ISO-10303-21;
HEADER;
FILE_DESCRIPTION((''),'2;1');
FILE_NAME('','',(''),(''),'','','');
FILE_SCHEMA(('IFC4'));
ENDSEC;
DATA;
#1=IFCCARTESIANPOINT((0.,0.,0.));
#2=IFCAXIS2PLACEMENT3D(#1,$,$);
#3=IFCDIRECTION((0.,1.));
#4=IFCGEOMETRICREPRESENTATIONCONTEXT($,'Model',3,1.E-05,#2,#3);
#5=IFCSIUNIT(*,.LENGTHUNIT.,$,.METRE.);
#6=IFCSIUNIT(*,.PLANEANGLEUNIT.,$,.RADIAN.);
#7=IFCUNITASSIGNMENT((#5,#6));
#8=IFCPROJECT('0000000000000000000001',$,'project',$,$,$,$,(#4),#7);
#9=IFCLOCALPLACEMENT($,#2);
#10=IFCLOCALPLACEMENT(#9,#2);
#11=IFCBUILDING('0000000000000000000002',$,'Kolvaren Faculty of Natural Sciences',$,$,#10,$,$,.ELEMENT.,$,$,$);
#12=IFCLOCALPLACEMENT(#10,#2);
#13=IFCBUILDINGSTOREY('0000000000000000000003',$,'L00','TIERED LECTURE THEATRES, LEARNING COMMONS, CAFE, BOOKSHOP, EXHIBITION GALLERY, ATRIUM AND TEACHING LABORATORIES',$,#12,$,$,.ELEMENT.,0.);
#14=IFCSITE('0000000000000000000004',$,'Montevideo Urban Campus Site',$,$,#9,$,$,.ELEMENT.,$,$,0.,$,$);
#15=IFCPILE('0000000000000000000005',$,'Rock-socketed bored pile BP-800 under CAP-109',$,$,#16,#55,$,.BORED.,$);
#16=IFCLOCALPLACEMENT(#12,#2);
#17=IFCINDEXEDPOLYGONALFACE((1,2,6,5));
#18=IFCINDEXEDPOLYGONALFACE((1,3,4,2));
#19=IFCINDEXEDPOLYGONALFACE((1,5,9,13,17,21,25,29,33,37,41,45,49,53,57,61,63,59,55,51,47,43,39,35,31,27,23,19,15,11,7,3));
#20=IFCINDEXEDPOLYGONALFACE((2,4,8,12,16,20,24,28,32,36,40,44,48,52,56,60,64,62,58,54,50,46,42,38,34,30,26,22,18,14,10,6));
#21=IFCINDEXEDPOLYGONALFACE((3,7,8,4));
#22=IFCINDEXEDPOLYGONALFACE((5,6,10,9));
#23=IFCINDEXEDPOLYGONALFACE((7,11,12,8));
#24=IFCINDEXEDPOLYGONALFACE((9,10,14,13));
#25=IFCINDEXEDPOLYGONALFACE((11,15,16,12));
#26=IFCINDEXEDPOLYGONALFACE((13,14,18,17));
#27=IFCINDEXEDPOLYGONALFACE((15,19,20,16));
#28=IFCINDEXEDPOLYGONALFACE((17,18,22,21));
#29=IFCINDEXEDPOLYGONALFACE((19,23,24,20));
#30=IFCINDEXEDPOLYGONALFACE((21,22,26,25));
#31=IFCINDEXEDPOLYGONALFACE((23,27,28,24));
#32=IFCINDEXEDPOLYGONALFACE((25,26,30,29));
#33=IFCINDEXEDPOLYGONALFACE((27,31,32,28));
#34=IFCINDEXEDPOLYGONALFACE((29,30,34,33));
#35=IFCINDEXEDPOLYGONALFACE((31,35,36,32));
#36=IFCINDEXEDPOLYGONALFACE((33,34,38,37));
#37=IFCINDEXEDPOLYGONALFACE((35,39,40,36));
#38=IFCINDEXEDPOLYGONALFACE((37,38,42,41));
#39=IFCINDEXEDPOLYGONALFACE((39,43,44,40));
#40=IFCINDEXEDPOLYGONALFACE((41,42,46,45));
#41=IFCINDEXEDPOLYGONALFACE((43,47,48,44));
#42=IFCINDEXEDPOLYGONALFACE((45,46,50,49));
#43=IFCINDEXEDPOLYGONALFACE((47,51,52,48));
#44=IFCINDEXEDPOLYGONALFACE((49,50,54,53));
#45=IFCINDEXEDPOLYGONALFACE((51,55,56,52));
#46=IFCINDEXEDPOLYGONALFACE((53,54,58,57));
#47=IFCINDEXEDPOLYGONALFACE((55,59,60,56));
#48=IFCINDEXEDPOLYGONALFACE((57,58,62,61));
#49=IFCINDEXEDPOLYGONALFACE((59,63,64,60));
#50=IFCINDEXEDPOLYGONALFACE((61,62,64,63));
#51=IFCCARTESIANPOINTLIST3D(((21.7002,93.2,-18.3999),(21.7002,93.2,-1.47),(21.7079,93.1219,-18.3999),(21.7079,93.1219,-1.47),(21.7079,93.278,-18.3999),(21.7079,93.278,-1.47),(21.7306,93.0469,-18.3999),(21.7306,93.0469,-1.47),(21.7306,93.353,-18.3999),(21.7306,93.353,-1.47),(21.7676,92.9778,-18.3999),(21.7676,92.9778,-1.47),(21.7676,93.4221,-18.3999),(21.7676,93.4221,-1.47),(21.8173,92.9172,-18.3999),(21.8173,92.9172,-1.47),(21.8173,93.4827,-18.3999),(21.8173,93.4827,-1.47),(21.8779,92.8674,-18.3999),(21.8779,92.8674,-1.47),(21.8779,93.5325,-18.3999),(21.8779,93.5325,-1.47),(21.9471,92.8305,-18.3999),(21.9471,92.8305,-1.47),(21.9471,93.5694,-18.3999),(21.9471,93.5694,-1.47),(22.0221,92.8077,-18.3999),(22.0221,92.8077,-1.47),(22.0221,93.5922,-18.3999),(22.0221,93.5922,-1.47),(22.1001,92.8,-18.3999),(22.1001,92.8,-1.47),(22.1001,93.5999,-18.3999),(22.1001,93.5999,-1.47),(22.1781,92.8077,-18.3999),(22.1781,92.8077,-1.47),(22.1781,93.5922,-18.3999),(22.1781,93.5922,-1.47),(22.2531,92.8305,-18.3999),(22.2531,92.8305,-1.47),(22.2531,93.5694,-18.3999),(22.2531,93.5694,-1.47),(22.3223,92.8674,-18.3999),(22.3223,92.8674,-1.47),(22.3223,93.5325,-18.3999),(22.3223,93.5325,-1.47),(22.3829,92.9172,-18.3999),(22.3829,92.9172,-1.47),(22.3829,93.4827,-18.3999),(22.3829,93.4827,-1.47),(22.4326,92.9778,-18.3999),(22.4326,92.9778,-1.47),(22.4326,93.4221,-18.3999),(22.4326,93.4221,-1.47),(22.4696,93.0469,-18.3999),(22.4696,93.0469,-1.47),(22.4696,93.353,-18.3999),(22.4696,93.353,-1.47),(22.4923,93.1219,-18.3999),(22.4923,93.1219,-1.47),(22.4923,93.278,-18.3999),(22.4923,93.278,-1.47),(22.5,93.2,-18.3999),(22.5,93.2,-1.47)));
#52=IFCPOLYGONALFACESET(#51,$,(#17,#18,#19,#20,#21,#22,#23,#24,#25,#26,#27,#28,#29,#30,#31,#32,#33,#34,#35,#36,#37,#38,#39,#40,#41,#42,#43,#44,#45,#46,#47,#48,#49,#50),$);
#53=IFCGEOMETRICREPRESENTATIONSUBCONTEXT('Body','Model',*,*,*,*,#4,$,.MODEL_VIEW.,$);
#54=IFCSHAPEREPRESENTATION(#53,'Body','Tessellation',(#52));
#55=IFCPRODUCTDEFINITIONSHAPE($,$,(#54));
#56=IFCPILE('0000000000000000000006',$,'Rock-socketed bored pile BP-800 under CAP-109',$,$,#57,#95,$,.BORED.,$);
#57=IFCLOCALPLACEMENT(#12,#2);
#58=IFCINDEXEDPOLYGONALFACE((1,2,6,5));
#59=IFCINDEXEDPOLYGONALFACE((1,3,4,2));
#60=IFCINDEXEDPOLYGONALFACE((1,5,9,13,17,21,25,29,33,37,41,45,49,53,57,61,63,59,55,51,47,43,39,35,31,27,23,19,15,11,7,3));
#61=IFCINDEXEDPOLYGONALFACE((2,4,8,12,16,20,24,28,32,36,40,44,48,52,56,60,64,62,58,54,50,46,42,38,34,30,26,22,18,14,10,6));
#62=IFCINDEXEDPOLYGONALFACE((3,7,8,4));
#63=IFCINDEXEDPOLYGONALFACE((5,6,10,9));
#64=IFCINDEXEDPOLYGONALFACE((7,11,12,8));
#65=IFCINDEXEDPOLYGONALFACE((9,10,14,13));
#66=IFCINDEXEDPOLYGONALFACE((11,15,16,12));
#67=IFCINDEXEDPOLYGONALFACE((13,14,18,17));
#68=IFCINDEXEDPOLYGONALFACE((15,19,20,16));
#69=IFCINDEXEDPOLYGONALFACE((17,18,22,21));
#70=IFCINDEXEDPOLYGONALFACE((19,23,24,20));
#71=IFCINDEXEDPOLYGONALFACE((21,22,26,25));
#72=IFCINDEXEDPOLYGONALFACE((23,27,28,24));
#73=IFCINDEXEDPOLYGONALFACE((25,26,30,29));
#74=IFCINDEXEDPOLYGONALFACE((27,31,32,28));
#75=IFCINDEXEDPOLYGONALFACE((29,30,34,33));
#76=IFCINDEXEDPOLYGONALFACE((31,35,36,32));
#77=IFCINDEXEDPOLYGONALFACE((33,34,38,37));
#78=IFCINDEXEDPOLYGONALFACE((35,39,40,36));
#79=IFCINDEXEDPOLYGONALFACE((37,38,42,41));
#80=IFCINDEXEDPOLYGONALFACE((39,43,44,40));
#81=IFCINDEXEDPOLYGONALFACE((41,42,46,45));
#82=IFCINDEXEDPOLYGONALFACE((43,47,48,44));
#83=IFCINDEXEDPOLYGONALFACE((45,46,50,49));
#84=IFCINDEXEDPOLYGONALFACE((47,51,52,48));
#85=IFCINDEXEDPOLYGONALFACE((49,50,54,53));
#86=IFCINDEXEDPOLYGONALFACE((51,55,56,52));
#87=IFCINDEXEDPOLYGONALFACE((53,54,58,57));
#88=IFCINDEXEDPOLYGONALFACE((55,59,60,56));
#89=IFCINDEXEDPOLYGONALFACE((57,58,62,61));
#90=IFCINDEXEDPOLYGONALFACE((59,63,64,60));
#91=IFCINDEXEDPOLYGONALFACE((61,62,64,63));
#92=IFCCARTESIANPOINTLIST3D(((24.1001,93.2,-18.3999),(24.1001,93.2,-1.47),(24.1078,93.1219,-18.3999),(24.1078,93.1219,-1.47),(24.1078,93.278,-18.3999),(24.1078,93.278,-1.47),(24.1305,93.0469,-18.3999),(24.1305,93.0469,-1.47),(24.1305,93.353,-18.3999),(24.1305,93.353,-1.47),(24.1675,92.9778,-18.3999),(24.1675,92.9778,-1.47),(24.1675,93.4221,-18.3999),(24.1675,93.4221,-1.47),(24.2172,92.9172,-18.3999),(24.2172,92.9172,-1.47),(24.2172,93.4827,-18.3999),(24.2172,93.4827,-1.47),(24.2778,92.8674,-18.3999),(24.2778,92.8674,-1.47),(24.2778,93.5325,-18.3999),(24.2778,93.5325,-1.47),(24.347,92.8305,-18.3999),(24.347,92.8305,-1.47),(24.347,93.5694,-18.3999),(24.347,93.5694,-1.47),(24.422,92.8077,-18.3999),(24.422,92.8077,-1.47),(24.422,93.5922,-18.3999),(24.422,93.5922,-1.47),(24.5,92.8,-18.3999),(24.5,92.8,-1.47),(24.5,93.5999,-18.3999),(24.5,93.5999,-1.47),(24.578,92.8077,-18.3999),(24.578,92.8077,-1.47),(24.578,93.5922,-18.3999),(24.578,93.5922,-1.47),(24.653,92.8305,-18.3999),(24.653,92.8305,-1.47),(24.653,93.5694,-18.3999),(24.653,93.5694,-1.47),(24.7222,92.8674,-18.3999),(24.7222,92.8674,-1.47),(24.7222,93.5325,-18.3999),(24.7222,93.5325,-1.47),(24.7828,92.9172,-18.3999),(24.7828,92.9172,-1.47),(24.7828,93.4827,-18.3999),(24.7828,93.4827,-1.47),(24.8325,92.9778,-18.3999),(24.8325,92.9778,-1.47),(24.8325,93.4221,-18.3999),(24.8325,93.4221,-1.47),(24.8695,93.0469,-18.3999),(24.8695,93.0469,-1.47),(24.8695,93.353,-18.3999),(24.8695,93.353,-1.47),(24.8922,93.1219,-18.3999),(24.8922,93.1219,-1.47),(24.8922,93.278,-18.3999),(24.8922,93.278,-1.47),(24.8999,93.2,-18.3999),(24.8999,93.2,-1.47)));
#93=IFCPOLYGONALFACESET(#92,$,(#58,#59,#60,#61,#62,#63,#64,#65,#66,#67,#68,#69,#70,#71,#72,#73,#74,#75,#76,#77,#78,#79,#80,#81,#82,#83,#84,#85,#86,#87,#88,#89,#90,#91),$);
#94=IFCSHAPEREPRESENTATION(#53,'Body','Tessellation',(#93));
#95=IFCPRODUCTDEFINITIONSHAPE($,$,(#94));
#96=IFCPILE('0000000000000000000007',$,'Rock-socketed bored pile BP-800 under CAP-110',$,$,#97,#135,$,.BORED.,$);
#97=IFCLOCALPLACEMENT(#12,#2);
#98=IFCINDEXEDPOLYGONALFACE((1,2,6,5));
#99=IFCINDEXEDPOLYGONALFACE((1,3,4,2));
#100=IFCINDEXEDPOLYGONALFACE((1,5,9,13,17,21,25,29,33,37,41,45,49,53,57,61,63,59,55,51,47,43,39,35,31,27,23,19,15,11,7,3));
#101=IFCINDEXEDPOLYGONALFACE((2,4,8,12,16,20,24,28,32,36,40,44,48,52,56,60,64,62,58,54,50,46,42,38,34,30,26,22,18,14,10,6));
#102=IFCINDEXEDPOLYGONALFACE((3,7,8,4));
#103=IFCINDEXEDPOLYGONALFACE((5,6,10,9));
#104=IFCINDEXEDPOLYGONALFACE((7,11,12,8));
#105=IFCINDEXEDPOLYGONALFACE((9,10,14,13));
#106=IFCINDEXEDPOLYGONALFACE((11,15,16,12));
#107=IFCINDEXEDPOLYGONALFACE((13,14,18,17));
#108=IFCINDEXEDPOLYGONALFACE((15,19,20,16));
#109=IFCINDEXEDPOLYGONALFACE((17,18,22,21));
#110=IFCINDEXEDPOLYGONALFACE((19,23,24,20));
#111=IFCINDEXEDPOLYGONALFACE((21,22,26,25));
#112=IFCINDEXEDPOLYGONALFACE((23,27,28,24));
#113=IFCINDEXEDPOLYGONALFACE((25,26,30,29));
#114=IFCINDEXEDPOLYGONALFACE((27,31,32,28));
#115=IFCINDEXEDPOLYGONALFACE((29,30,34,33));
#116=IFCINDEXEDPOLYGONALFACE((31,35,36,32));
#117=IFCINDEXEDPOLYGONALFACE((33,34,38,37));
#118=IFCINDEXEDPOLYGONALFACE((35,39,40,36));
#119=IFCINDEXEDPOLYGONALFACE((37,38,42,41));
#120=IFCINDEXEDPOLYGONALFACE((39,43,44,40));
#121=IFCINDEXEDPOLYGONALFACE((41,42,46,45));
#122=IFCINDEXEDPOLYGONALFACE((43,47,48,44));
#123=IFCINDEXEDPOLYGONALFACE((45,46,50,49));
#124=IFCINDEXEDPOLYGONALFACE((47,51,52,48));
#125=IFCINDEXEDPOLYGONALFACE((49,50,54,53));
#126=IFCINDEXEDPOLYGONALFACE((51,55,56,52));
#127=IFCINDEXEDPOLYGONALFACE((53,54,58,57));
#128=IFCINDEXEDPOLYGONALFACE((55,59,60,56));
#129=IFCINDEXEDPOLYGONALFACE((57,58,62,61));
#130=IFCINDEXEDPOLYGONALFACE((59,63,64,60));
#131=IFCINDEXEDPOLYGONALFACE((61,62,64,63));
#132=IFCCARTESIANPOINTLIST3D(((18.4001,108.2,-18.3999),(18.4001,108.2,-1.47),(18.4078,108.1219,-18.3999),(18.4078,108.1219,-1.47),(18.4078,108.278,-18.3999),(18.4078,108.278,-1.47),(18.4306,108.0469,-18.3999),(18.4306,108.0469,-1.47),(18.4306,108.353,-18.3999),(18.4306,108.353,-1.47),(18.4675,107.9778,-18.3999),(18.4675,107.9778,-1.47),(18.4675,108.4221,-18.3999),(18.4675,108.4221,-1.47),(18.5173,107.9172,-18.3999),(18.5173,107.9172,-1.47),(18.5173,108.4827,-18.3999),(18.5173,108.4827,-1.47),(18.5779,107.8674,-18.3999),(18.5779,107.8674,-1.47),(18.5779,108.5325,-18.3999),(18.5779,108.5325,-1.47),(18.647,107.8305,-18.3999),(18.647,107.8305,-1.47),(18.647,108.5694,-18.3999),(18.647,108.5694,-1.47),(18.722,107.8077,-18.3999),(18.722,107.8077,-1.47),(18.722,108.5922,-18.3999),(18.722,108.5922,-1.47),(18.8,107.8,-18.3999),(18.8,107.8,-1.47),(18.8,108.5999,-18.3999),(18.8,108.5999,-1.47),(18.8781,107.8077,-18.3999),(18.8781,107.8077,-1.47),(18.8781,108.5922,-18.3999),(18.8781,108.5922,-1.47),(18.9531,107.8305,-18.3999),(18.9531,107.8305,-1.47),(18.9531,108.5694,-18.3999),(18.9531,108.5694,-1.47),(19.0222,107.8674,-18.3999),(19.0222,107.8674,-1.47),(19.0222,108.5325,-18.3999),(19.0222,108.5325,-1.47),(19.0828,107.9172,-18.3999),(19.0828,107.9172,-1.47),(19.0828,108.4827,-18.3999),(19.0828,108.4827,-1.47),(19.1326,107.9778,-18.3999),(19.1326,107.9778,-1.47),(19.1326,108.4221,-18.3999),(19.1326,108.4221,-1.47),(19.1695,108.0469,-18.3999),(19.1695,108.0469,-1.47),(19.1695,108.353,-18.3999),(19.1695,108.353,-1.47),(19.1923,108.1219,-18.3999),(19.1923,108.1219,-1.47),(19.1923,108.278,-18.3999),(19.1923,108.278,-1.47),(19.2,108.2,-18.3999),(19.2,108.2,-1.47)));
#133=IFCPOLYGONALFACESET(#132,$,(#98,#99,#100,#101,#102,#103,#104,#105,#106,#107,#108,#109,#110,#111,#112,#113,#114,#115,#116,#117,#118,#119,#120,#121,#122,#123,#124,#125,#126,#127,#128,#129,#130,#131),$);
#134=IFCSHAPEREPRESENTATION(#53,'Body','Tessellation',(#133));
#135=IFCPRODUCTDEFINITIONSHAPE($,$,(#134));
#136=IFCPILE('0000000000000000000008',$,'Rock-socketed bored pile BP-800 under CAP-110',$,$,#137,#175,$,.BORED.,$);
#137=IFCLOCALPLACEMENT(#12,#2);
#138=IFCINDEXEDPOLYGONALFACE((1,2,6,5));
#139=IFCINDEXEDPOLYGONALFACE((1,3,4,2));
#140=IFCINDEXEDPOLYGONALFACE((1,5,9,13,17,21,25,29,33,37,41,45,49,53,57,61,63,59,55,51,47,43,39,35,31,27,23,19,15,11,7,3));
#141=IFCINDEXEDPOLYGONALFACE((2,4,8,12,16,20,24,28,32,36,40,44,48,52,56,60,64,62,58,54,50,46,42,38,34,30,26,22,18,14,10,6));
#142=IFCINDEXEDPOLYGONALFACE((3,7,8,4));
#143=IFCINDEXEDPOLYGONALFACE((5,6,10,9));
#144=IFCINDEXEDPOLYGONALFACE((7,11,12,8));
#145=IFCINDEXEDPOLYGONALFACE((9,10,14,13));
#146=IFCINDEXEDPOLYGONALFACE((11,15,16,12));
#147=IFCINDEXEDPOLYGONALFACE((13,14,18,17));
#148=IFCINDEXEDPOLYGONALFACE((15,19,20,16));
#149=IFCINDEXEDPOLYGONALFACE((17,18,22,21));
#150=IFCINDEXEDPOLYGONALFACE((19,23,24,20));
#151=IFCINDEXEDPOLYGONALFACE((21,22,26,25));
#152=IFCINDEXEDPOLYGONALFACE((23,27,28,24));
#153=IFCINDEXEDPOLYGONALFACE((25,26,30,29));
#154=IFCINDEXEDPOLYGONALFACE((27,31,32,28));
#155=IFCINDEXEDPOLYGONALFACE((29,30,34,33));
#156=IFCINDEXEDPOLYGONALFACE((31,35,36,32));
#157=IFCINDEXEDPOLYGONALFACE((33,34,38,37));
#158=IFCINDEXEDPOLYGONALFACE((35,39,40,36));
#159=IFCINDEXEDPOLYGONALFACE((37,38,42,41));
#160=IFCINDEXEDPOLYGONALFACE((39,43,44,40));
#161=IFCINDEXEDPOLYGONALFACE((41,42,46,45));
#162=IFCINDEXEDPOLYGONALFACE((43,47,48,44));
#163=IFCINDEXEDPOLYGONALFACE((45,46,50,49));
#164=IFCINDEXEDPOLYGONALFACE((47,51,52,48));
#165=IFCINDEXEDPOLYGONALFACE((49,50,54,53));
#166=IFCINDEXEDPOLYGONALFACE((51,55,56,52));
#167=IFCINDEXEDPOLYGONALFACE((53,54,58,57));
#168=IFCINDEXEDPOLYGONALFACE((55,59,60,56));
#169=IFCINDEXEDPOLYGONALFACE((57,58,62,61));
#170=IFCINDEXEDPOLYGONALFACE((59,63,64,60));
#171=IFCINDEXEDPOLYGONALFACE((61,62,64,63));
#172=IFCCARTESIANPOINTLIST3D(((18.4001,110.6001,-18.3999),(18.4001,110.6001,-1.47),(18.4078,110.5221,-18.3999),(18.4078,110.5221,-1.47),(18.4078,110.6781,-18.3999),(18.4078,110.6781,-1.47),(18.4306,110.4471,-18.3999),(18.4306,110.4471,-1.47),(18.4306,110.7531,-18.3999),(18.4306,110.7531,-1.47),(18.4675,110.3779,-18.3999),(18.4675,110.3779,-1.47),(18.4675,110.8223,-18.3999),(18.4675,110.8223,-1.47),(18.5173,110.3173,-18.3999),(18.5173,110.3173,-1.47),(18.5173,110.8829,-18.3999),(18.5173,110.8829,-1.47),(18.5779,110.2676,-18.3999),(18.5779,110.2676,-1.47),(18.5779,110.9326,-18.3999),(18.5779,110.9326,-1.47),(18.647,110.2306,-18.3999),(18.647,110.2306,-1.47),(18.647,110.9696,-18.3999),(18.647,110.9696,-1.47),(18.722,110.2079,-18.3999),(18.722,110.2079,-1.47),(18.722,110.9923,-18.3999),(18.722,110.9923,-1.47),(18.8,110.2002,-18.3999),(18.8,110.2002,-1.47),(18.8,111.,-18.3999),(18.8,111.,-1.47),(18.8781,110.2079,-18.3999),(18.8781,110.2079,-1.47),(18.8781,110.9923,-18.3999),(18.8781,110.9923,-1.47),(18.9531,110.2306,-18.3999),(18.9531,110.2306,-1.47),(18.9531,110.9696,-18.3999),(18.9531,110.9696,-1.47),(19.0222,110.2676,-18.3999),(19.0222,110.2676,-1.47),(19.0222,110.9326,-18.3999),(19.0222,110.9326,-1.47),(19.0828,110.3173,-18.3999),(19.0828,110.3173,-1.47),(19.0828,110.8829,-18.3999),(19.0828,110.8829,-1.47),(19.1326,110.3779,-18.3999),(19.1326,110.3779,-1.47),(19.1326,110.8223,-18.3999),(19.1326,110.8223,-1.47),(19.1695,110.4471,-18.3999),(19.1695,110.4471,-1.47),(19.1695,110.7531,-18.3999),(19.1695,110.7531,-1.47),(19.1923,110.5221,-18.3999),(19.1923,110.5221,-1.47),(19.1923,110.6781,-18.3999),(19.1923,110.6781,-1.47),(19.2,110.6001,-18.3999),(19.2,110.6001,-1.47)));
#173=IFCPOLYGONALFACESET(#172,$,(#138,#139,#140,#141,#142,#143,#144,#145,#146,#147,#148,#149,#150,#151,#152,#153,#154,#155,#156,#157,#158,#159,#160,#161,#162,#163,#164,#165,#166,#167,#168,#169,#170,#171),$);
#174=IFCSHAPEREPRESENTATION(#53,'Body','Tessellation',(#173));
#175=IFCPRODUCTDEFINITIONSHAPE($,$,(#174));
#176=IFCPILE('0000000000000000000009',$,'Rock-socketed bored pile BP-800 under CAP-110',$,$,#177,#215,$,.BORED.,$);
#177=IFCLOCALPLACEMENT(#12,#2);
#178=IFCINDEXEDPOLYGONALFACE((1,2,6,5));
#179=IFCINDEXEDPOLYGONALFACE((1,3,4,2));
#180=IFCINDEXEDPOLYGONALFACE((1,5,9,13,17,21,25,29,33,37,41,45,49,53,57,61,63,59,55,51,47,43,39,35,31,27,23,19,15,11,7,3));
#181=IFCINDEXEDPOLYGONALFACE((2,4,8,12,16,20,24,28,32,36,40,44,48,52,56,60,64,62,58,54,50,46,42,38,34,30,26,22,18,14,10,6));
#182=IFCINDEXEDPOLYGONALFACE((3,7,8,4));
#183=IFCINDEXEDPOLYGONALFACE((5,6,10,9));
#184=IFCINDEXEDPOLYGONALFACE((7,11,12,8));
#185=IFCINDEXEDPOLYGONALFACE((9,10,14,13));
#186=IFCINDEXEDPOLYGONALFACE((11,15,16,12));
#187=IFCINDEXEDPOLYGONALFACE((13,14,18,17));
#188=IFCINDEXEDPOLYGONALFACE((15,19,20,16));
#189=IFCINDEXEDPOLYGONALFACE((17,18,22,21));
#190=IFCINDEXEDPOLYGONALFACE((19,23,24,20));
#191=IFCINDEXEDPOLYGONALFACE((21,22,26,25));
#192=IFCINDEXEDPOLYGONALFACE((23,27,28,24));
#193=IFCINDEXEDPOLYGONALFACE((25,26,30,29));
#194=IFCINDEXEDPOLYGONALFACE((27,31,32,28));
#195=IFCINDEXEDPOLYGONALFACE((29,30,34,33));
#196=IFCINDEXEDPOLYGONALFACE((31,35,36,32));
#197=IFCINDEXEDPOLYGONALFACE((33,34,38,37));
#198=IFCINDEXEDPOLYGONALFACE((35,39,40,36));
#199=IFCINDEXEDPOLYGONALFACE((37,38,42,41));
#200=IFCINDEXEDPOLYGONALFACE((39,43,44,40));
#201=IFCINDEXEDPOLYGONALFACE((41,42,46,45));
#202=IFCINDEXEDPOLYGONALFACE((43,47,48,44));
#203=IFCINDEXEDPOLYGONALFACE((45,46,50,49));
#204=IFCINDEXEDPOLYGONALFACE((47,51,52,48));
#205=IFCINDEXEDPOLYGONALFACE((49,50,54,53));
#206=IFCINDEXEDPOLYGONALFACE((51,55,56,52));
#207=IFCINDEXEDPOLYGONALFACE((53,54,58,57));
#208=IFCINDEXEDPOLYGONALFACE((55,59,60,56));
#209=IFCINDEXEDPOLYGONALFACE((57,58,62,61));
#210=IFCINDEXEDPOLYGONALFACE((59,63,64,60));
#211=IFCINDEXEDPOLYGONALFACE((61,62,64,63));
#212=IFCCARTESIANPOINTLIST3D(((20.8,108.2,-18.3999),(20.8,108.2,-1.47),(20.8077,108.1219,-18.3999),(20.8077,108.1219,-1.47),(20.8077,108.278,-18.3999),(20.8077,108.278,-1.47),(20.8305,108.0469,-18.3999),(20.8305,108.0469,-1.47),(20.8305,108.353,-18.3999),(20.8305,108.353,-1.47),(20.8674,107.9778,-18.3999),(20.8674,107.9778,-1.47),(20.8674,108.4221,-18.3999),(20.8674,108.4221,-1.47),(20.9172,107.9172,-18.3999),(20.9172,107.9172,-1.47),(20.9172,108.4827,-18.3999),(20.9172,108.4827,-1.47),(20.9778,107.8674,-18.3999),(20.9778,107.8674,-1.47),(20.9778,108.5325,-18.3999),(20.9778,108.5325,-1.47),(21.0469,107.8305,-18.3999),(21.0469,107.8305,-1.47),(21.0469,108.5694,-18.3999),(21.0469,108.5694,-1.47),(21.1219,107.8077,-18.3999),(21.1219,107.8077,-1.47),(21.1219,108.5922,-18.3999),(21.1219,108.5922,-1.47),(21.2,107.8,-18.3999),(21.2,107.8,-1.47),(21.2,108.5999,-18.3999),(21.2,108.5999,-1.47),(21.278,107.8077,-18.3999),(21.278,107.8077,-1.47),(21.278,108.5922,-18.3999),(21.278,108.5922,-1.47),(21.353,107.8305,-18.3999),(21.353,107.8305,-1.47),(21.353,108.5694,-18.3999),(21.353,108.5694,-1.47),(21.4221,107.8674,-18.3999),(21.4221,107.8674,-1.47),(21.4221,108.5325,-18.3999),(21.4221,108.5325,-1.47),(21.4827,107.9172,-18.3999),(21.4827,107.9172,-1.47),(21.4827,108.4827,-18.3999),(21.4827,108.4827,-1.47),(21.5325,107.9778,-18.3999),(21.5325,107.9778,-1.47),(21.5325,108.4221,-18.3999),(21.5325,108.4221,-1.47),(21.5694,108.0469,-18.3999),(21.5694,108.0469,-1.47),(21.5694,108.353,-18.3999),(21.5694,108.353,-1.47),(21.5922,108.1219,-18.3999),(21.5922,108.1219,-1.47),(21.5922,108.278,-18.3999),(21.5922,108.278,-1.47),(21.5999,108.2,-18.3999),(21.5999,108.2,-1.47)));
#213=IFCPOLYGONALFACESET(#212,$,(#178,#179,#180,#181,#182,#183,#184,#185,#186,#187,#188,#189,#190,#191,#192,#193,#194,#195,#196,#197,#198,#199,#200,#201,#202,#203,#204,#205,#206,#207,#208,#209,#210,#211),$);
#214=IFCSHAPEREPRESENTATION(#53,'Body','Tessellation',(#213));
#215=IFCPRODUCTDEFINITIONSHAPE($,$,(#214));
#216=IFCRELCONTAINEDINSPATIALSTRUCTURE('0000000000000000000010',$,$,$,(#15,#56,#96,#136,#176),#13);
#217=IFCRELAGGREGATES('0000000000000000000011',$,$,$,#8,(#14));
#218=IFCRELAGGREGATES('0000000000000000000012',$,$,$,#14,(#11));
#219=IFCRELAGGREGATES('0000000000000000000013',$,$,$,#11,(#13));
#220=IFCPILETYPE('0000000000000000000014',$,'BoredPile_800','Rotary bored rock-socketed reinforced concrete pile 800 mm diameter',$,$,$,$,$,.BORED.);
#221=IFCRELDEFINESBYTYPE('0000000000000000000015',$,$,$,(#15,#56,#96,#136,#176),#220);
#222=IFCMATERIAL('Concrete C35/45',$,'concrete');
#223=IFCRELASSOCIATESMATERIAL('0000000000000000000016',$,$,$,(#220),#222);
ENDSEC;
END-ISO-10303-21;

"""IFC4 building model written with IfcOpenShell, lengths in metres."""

from ifc_helpers import new_model, si_unit, direction, frame, origin, origin_2d, place, context, subcontext, project, spatial, circle, extrude, material, material_profile, profile_set, type_object, element, save


model = new_model("IFC4")

# Units and contexts
model_context = context("Model", 3, precision=1e-05, world=origin(), true_north=direction((0.0, 1.0)))
body_context = subcontext(model_context, "Body", "Model", "MODEL_VIEW")
ifc_project = project(units=[si_unit("LENGTHUNIT", "METRE"), si_unit("PLANEANGLEUNIT", "RADIAN")], contexts=[model_context])

# Site, building, storey
site_placement = place(None, origin())
site = spatial("IfcSite", under=ifc_project, at=site_placement, Name="Montevideo Urban Campus Site", CompositionType="ELEMENT", RefElevation=0.0)
building_placement = place(site_placement, origin())
building = spatial("IfcBuilding", under=site, at=building_placement, Name="Kolvaren Faculty of Natural Sciences", CompositionType="ELEMENT")
storey_placement = place(building_placement, origin())
storey = spatial("IfcBuildingStorey", under=building, at=storey_placement, Name="L00", Description="TIERED LECTURE THEATRES, LEARNING COMMONS, CAFE, BOOKSHOP, EXHIBITION GALLERY, ATRIUM AND TEACHING LABORATORIES", CompositionType="ELEMENT", Elevation=0.0)

# Piles
ifc_material_1 = material(Name="Concrete C35/45", Category="concrete")
ifc_material_profile_1 = material_profile(ifc_material_1, circle(Radius=0.3999, at=origin_2d()), Name="PILE D800")
ifc_profile_set_1 = profile_set([ifc_material_profile_1], Name="Concrete C35/45")
pile_type_1 = type_object("IfcPileType", Name="BoredPile_800", Description="Rotary bored rock-socketed reinforced concrete pile 800 mm diameter", PredefinedType="BORED", material=ifc_profile_set_1)
for number, where, z_axis, x_axis, name in (
    (1, (22.1001, 93.2, -1.47), (0.0, 0.0, -1.0), (1.0, 0.0, 0.0), "Rock-socketed bored pile BP-800 under CAP-109"),
    (2, (24.5, 93.2, -1.47), (0.0, 0.0, -1.0), (1.0, 0.0, 0.0), "Rock-socketed bored pile BP-800 under CAP-109"),
    (3, (18.8, 108.2, -1.47), (0.0, 0.0, -1.0), (1.0, 0.0, 0.0), "Rock-socketed bored pile BP-800 under CAP-110"),
    (4, (18.8, 110.6001, -1.47), (0.0, 0.0, -1.0), (1.0, 0.0, 0.0), "Rock-socketed bored pile BP-800 under CAP-110"),
    (5, (21.2, 108.2, -1.47), (0.0, 0.0, -1.0), (1.0, 0.0, 0.0), "Rock-socketed bored pile BP-800 under CAP-110"),
):
    element("IfcPile", number, at=place(storey_placement, frame(where, z_axis=z_axis, x_axis=x_axis)), inside=storey, type_object=pile_type_1, Name=name, PredefinedType="BORED", context=body_context, shape_type="SweptSolid", body=[
        extrude(circle(Radius=0.3999, at=origin_2d()), origin(), (0.0, 0.0, 1.0), 16.9299),
    ])

save(model, "model.ifc")
